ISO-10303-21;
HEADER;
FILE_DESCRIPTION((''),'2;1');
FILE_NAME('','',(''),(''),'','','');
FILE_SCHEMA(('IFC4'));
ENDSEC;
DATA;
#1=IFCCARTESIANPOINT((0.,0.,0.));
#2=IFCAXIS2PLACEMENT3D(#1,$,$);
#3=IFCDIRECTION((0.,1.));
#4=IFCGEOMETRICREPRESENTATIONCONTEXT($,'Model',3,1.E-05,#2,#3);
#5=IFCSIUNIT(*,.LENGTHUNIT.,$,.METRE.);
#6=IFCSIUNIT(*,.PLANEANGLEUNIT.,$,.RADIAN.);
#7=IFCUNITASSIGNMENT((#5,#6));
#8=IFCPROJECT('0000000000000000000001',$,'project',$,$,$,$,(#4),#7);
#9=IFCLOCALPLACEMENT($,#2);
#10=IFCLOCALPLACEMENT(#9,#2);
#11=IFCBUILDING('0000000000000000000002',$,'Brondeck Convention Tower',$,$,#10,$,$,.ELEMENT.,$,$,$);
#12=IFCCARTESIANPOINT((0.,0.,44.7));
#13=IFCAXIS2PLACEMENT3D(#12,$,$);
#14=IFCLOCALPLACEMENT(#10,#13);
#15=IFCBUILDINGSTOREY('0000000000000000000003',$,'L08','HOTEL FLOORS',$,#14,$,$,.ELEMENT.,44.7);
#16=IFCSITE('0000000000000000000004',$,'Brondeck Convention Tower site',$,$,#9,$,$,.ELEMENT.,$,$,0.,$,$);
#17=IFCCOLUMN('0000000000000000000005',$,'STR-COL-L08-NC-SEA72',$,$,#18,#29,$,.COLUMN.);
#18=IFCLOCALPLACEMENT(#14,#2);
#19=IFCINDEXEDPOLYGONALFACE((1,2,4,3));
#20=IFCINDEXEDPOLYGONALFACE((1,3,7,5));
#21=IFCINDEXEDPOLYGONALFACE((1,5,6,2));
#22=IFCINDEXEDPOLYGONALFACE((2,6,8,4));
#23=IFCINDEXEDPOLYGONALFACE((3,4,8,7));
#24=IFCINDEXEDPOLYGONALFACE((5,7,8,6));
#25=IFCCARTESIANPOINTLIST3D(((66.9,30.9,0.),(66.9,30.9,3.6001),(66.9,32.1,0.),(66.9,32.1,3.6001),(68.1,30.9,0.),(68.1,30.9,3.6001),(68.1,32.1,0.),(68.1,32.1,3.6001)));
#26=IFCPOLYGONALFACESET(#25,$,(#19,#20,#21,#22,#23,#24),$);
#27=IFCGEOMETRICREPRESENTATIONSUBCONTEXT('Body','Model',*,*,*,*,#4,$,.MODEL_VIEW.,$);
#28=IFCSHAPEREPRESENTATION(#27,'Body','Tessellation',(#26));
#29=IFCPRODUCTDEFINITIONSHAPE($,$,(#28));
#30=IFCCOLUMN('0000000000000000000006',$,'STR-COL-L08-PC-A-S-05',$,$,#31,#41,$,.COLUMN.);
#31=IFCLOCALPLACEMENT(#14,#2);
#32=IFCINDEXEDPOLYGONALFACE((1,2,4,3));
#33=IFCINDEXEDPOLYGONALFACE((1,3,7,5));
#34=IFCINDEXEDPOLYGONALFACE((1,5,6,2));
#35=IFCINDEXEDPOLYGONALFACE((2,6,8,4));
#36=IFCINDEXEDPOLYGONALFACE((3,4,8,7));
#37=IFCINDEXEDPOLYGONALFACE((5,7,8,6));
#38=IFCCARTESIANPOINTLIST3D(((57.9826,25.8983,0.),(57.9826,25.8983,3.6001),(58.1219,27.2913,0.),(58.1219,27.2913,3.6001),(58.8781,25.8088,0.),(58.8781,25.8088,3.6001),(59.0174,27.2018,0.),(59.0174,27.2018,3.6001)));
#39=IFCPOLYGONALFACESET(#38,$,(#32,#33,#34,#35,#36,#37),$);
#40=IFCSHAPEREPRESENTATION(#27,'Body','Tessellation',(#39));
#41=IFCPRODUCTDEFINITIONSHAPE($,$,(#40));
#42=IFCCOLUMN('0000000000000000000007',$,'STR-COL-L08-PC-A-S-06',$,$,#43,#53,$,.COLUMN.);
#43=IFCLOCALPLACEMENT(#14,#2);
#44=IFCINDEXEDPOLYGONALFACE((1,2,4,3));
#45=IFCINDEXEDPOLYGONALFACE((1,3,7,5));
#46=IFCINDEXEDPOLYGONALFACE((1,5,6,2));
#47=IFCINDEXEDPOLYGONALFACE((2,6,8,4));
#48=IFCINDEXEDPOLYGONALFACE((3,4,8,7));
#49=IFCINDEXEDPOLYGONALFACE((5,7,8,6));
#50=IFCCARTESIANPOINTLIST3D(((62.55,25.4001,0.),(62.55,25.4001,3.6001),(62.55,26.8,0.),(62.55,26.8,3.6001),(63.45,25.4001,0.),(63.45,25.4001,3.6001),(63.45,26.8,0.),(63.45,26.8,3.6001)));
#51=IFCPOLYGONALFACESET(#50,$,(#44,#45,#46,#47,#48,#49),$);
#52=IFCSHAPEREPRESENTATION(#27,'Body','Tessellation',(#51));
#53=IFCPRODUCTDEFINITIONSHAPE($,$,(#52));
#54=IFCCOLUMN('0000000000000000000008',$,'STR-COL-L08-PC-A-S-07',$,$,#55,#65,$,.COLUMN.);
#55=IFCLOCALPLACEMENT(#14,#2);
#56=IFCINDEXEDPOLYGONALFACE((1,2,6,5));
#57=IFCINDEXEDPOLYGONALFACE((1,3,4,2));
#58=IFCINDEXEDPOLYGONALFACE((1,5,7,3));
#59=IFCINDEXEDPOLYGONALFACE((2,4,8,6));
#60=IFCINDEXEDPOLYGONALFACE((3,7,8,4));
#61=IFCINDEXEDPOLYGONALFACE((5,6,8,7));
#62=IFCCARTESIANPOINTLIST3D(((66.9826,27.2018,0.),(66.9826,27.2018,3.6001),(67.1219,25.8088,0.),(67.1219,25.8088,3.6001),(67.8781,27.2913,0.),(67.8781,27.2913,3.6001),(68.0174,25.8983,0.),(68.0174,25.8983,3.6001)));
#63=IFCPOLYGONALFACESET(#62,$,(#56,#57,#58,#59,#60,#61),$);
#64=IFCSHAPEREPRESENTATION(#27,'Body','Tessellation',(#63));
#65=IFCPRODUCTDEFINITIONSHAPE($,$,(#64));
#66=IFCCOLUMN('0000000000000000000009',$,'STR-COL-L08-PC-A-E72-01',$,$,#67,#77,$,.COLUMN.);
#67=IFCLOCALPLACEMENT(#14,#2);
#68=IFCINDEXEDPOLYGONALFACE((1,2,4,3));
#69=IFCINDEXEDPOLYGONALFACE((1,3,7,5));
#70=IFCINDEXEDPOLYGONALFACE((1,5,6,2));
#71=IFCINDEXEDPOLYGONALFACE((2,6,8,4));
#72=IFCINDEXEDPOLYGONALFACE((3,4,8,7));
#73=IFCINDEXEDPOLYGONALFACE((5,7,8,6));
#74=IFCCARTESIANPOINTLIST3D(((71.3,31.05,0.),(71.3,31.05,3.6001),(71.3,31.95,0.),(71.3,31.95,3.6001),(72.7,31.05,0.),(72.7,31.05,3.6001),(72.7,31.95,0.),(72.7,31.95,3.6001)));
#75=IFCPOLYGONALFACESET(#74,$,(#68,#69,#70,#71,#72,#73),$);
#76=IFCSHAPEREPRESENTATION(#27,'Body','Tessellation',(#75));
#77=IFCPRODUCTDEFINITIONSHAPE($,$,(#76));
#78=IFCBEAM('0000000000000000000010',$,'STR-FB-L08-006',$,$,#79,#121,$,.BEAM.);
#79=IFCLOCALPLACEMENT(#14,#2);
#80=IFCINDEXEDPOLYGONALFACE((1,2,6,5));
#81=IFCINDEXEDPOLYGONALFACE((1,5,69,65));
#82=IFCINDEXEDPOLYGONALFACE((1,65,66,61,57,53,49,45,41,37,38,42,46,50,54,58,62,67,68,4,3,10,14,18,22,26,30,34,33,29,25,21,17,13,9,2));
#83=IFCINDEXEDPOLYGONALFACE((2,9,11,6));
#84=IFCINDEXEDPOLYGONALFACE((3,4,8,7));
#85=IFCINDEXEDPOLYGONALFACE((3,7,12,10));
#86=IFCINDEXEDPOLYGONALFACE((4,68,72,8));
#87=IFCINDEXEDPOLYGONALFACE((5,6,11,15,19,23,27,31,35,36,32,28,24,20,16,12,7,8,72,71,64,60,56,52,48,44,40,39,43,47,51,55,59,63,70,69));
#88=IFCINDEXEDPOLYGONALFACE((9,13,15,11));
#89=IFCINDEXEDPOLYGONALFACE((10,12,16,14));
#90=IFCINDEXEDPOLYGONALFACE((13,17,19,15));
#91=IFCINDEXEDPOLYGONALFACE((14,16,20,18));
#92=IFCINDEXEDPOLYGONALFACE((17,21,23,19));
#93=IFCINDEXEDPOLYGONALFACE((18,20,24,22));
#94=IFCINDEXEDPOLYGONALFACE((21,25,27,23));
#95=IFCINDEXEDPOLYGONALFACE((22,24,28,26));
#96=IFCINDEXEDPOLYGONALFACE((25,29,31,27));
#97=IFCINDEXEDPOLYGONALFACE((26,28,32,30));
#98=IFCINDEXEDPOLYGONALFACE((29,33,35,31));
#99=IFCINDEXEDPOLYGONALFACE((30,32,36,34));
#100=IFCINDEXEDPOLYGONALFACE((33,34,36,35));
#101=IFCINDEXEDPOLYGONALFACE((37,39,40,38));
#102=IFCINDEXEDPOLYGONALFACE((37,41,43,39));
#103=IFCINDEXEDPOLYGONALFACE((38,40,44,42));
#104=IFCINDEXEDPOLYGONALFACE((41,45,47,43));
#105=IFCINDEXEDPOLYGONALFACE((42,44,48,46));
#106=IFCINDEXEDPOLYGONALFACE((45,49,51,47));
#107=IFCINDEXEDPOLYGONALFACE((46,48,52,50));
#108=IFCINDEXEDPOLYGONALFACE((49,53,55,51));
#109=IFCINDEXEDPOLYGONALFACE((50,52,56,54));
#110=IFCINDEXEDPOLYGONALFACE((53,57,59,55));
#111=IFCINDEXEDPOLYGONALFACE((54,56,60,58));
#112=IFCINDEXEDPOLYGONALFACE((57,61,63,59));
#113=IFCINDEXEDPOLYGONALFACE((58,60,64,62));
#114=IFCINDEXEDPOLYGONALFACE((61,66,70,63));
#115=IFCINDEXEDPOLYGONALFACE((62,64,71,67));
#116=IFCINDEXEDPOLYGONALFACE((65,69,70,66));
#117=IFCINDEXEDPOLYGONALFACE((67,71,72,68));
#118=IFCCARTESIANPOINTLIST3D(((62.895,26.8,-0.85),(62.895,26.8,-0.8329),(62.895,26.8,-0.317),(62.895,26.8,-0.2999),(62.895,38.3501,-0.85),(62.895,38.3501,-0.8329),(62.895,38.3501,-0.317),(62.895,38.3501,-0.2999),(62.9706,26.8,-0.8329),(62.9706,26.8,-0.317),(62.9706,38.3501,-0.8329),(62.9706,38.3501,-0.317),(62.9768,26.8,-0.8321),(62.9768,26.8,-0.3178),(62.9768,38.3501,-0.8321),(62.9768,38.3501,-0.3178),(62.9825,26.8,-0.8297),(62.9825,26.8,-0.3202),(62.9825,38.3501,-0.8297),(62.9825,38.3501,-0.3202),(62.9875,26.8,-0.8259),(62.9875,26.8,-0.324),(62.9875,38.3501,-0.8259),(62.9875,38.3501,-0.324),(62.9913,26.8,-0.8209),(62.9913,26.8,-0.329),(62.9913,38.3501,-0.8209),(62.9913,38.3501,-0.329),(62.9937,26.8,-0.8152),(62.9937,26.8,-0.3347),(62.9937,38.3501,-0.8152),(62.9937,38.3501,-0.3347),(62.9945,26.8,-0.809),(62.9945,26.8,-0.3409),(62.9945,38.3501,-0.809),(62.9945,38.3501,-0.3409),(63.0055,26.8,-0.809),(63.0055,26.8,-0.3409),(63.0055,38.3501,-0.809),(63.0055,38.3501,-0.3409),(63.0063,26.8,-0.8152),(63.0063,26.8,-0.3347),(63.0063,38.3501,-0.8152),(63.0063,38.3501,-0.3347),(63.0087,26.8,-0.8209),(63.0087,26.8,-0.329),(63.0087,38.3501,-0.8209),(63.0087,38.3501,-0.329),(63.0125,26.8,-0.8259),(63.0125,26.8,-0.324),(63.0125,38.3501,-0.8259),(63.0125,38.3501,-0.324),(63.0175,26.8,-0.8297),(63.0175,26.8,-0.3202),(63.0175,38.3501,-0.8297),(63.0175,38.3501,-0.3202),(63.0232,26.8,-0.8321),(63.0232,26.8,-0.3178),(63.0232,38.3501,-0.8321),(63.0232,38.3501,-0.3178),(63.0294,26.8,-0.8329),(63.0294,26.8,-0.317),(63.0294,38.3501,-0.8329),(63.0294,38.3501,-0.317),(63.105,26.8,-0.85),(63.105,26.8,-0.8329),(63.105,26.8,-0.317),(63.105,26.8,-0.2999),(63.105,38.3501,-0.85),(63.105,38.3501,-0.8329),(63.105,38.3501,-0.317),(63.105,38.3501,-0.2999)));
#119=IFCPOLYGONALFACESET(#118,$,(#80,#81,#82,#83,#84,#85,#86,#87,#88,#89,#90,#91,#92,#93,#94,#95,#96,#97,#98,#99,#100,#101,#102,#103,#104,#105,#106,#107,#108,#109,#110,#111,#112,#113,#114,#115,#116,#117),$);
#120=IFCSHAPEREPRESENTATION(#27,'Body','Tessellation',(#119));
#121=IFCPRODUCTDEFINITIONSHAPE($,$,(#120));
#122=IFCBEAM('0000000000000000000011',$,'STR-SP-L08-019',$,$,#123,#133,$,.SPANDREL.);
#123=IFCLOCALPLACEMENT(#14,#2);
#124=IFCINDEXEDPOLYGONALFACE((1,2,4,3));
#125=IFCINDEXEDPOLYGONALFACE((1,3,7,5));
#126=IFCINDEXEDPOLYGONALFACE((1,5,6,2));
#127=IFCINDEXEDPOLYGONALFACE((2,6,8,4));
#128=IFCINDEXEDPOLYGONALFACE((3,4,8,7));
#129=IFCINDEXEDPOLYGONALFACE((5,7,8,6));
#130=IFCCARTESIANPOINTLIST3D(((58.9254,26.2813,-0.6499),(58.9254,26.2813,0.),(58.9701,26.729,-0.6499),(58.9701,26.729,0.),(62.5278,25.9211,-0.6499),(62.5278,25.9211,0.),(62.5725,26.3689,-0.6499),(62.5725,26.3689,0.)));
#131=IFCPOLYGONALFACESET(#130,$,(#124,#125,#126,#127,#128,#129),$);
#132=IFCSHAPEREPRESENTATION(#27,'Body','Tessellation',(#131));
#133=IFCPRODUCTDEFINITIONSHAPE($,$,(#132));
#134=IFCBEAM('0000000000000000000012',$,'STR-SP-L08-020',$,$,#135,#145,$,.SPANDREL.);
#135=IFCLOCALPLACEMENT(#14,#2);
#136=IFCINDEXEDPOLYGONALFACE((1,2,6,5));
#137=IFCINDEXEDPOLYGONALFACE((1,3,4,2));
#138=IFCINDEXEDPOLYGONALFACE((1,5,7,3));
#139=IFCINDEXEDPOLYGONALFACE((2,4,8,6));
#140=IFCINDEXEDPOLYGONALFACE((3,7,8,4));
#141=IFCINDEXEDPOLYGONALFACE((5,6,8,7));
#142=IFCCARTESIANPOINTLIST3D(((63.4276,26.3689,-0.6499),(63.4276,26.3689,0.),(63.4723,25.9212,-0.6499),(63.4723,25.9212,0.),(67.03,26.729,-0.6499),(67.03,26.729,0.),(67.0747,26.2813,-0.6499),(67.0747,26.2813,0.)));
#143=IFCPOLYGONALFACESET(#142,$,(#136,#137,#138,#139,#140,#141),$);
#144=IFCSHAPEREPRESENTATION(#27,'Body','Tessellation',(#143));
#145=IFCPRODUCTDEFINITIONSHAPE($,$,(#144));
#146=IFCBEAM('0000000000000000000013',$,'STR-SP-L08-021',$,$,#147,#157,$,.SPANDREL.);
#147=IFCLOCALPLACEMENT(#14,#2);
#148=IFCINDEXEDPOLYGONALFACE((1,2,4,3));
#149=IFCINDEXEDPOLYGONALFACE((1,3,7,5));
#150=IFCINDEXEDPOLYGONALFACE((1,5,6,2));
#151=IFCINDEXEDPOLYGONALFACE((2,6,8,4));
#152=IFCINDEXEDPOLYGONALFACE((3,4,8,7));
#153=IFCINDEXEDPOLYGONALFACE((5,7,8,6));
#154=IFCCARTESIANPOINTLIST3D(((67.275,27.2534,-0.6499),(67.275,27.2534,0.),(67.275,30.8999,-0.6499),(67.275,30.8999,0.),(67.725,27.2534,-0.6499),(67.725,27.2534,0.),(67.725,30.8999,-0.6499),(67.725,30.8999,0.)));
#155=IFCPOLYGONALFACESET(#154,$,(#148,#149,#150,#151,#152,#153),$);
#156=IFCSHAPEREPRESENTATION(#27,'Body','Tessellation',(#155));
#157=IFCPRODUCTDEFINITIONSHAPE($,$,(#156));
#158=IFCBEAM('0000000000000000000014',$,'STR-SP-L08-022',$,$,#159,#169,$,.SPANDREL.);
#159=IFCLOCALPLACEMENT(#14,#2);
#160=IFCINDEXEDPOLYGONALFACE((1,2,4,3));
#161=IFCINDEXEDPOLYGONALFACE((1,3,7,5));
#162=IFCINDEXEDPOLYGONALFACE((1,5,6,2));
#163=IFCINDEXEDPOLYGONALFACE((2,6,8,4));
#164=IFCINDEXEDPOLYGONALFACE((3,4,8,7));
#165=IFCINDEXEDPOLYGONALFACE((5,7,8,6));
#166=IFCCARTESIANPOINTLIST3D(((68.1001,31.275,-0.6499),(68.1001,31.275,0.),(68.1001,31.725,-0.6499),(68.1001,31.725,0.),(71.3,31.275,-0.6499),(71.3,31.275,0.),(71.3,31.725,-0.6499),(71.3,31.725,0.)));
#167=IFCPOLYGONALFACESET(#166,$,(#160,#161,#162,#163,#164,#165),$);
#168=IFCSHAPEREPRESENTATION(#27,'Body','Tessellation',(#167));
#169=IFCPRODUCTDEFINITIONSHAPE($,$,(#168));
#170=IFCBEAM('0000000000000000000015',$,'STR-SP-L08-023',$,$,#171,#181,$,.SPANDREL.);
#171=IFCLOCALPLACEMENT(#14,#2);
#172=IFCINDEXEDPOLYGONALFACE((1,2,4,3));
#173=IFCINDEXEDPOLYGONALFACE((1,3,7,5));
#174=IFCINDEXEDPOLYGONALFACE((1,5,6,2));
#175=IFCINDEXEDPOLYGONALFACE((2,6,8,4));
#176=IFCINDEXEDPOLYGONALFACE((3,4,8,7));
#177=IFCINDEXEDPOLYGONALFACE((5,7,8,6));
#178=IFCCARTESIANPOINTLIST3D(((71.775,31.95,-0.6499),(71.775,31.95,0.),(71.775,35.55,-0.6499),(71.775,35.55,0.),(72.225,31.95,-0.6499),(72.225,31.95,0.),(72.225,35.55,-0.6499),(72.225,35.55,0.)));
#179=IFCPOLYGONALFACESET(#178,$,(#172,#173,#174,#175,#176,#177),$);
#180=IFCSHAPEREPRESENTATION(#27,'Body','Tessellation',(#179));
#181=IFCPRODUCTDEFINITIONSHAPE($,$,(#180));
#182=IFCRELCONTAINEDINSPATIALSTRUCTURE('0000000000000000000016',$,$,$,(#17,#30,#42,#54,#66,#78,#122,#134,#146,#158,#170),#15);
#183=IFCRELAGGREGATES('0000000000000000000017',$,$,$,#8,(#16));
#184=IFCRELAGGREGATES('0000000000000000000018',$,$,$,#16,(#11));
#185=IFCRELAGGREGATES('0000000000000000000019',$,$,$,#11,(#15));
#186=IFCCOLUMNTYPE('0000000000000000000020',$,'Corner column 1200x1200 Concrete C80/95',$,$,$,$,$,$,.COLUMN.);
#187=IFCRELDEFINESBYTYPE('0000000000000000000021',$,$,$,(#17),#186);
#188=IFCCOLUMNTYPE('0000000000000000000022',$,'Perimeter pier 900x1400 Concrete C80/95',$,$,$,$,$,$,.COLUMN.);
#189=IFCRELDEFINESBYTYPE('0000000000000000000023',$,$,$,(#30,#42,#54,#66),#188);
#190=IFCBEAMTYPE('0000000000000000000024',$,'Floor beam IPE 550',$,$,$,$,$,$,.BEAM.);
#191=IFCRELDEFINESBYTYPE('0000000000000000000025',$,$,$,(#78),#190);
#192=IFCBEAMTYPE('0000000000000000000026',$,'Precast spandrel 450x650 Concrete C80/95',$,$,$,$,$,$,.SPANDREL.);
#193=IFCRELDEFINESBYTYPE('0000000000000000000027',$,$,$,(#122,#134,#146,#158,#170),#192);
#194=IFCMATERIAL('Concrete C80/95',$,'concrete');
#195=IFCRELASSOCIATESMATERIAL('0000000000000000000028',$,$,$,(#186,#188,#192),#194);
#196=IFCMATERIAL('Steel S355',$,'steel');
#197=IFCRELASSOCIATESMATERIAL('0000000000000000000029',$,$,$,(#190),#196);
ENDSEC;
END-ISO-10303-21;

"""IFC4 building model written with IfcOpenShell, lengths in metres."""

from ifc_helpers import new_model, si_unit, direction, frame, origin, origin_2d, place, context, subcontext, project, spatial, rectangle, i_section, extrude, material, material_profile, profile_set, type_object, element, save


model = new_model("IFC4")

# Units and contexts
model_context = context("Model", 3, precision=1e-05, world=origin(), true_north=direction((0.0, 1.0)))
body_context = subcontext(model_context, "Body", "Model", "MODEL_VIEW")
ifc_project = project(units=[si_unit("LENGTHUNIT", "METRE"), si_unit("PLANEANGLEUNIT", "RADIAN")], contexts=[model_context])

# Site, building, storey
site_placement = place(None, origin())
site = spatial("IfcSite", under=ifc_project, at=site_placement, Name="Brondeck Convention Tower site", CompositionType="ELEMENT", RefElevation=0.0)
building_placement = place(site_placement, origin())
building = spatial("IfcBuilding", under=site, at=building_placement, Name="Brondeck Convention Tower", CompositionType="ELEMENT")
storey_placement = place(building_placement, frame((0.0, 0.0, 44.7)))
storey = spatial("IfcBuildingStorey", under=building, at=storey_placement, Name="L08", Description="HOTEL FLOORS", CompositionType="ELEMENT", Elevation=44.7)

# Columns
ifc_material_1 = material(Name="Concrete C80/95", Category="concrete")
ifc_material_profile_1 = material_profile(ifc_material_1, rectangle(XDim=1.2, YDim=1.2, at=origin_2d()), Name="Corner column 1200x1200 Concrete C80/95")
ifc_profile_set_1 = profile_set([ifc_material_profile_1], Name="Concrete C80/95")
column_type_1 = type_object("IfcColumnType", Name="Corner column 1200x1200 Concrete C80/95", PredefinedType="COLUMN", material=ifc_profile_set_1)
column_placement = place(storey_placement, frame((67.5, 31.5, 0.0), z_axis=(0.0, 0.0, 1.0), x_axis=(1.0, 0.0, 0.0)))
element("IfcColumn", 1, at=column_placement, inside=storey, type_object=column_type_1, Name="STR-COL-L08-NC-SEA72", PredefinedType="COLUMN", context=body_context, shape_type="SweptSolid", body=[
    extrude(rectangle(XDim=1.2, YDim=1.2, at=origin_2d()), origin(), (0.0, 0.0, 1.0), 3.6001),
])
ifc_material_profile_2 = material_profile(ifc_material_1, rectangle(XDim=0.8999, YDim=1.3999, at=origin_2d()), Name="Perimeter pier 900x1400 Concrete C80/95")
ifc_profile_set_2 = profile_set([ifc_material_profile_2], Name="Concrete C80/95")
column_type_2 = type_object("IfcColumnType", Name="Perimeter pier 900x1400 Concrete C80/95", PredefinedType="COLUMN", material=ifc_profile_set_2)
for number, where, z_axis, x_axis, name in (
    (2, (58.5, 26.55, 0.0), (0.0, 0.0, 1.0), (0.995037, -0.099504, 0.0), "STR-COL-L08-PC-A-S-05"),
    (3, (63.0, 26.1001, 0.0), (0.0, 0.0, 1.0), (1.0, 0.0, 0.0), "STR-COL-L08-PC-A-S-06"),
    (4, (67.5, 26.55, 0.0), (0.0, 0.0, 1.0), (0.995037, 0.099504, 0.0), "STR-COL-L08-PC-A-S-07"),
    (5, (72.0, 31.5, 0.0), (0.0, 0.0, 1.0), (0.0, 1.0, 0.0), "STR-COL-L08-PC-A-E72-01"),
):
    element("IfcColumn", number, at=place(storey_placement, frame(where, z_axis=z_axis, x_axis=x_axis)), inside=storey, type_object=column_type_2, Name=name, PredefinedType="COLUMN", context=body_context, shape_type="SweptSolid", body=[
        extrude(rectangle(XDim=0.8999, YDim=1.3999, at=origin_2d()), origin(), (0.0, 0.0, 1.0), 3.6001),
    ])

# Beams
ifc_material_2 = material(Name="Steel S355", Category="steel")
ifc_material_profile_3 = material_profile(ifc_material_2, i_section(OverallWidth=0.21, OverallDepth=0.55, WebThickness=0.011, FlangeThickness=0.0171, FilletRadius=0.0239, at=origin_2d()), Name="IPE 550")
ifc_profile_set_3 = profile_set([ifc_material_profile_3], Name="Steel S355")
beam_type_1 = type_object("IfcBeamType", Name="Floor beam IPE 550", PredefinedType="BEAM", material=ifc_profile_set_3)
beam_1_placement = place(storey_placement, frame((63.0, 26.8, -0.575), z_axis=(0.0, 1.0, 0.0), x_axis=(-1.0, 0.0, 0.0)))
element("IfcBeam", 6, at=beam_1_placement, inside=storey, type_object=beam_type_1, Name="STR-FB-L08-006", PredefinedType="BEAM", context=body_context, shape_type="SweptSolid", body=[
    extrude(i_section(OverallWidth=0.21, OverallDepth=0.55, WebThickness=0.011, FlangeThickness=0.0171, FilletRadius=0.0239, at=origin_2d()), origin(), (0.0, 0.0, 1.0), 11.55),
])
ifc_material_profile_4 = material_profile(ifc_material_1, rectangle(XDim=0.45, YDim=0.6499, at=origin_2d()), Name="Precast spandrel 450x650 Concrete C80/95")
ifc_profile_set_4 = profile_set([ifc_material_profile_4], Name="Concrete C80/95")
beam_type_2 = type_object("IfcBeamType", Name="Precast spandrel 450x650 Concrete C80/95", PredefinedType="SPANDREL", material=ifc_profile_set_4)
for number, where, z_axis, x_axis, name in (
    (7, (58.9478, 26.5051, -0.325), (0.995041, -0.09947, 0.0), (0.09947, 0.995041, 0.0), "STR-SP-L08-019"),
    (8, (63.45, 26.145, -0.325), (0.995041, 0.09947, 0.0), (-0.09947, 0.995041, 0.0), "STR-SP-L08-020"),
):
    element("IfcBeam", number, at=place(storey_placement, frame(where, z_axis=z_axis, x_axis=x_axis)), inside=storey, type_object=beam_type_2, Name=name, PredefinedType="SPANDREL", context=body_context, shape_type="SweptSolid", body=[
        extrude(rectangle(XDim=0.45, YDim=0.6499, at=origin_2d()), origin(), (0.0, 0.0, 1.0), 3.6204),
    ])
beam_2_placement = place(storey_placement, frame((67.5, 27.2534, -0.325), z_axis=(0.0, 1.0, 0.0), x_axis=(-1.0, 0.0, 0.0)))
element("IfcBeam", 9, at=beam_2_placement, inside=storey, type_object=beam_type_2, Name="STR-SP-L08-021", PredefinedType="SPANDREL", context=body_context, shape_type="SweptSolid", body=[
    extrude(rectangle(XDim=0.45, YDim=0.6499, at=origin_2d()), origin(), (0.0, 0.0, 1.0), 3.6465),
])
beam_3_placement = place(storey_placement, frame((68.1001, 31.5, -0.325), z_axis=(1.0, 0.0, 0.0), x_axis=(0.0, 1.0, 0.0)))
element("IfcBeam", 10, at=beam_3_placement, inside=storey, type_object=beam_type_2, Name="STR-SP-L08-022", PredefinedType="SPANDREL", context=body_context, shape_type="SweptSolid", body=[
    extrude(rectangle(XDim=0.45, YDim=0.6499, at=origin_2d()), origin(), (0.0, 0.0, 1.0), 3.2),
])
beam_4_placement = place(storey_placement, frame((72.0, 31.95, -0.325), z_axis=(0.0, 1.0, 0.0), x_axis=(-1.0, 0.0, 0.0)))
element("IfcBeam", 11, at=beam_4_placement, inside=storey, type_object=beam_type_2, Name="STR-SP-L08-023", PredefinedType="SPANDREL", context=body_context, shape_type="SweptSolid", body=[
    extrude(rectangle(XDim=0.45, YDim=0.6499, at=origin_2d()), origin(), (0.0, 0.0, 1.0), 3.6001),
])

save(model, "model.ifc")
